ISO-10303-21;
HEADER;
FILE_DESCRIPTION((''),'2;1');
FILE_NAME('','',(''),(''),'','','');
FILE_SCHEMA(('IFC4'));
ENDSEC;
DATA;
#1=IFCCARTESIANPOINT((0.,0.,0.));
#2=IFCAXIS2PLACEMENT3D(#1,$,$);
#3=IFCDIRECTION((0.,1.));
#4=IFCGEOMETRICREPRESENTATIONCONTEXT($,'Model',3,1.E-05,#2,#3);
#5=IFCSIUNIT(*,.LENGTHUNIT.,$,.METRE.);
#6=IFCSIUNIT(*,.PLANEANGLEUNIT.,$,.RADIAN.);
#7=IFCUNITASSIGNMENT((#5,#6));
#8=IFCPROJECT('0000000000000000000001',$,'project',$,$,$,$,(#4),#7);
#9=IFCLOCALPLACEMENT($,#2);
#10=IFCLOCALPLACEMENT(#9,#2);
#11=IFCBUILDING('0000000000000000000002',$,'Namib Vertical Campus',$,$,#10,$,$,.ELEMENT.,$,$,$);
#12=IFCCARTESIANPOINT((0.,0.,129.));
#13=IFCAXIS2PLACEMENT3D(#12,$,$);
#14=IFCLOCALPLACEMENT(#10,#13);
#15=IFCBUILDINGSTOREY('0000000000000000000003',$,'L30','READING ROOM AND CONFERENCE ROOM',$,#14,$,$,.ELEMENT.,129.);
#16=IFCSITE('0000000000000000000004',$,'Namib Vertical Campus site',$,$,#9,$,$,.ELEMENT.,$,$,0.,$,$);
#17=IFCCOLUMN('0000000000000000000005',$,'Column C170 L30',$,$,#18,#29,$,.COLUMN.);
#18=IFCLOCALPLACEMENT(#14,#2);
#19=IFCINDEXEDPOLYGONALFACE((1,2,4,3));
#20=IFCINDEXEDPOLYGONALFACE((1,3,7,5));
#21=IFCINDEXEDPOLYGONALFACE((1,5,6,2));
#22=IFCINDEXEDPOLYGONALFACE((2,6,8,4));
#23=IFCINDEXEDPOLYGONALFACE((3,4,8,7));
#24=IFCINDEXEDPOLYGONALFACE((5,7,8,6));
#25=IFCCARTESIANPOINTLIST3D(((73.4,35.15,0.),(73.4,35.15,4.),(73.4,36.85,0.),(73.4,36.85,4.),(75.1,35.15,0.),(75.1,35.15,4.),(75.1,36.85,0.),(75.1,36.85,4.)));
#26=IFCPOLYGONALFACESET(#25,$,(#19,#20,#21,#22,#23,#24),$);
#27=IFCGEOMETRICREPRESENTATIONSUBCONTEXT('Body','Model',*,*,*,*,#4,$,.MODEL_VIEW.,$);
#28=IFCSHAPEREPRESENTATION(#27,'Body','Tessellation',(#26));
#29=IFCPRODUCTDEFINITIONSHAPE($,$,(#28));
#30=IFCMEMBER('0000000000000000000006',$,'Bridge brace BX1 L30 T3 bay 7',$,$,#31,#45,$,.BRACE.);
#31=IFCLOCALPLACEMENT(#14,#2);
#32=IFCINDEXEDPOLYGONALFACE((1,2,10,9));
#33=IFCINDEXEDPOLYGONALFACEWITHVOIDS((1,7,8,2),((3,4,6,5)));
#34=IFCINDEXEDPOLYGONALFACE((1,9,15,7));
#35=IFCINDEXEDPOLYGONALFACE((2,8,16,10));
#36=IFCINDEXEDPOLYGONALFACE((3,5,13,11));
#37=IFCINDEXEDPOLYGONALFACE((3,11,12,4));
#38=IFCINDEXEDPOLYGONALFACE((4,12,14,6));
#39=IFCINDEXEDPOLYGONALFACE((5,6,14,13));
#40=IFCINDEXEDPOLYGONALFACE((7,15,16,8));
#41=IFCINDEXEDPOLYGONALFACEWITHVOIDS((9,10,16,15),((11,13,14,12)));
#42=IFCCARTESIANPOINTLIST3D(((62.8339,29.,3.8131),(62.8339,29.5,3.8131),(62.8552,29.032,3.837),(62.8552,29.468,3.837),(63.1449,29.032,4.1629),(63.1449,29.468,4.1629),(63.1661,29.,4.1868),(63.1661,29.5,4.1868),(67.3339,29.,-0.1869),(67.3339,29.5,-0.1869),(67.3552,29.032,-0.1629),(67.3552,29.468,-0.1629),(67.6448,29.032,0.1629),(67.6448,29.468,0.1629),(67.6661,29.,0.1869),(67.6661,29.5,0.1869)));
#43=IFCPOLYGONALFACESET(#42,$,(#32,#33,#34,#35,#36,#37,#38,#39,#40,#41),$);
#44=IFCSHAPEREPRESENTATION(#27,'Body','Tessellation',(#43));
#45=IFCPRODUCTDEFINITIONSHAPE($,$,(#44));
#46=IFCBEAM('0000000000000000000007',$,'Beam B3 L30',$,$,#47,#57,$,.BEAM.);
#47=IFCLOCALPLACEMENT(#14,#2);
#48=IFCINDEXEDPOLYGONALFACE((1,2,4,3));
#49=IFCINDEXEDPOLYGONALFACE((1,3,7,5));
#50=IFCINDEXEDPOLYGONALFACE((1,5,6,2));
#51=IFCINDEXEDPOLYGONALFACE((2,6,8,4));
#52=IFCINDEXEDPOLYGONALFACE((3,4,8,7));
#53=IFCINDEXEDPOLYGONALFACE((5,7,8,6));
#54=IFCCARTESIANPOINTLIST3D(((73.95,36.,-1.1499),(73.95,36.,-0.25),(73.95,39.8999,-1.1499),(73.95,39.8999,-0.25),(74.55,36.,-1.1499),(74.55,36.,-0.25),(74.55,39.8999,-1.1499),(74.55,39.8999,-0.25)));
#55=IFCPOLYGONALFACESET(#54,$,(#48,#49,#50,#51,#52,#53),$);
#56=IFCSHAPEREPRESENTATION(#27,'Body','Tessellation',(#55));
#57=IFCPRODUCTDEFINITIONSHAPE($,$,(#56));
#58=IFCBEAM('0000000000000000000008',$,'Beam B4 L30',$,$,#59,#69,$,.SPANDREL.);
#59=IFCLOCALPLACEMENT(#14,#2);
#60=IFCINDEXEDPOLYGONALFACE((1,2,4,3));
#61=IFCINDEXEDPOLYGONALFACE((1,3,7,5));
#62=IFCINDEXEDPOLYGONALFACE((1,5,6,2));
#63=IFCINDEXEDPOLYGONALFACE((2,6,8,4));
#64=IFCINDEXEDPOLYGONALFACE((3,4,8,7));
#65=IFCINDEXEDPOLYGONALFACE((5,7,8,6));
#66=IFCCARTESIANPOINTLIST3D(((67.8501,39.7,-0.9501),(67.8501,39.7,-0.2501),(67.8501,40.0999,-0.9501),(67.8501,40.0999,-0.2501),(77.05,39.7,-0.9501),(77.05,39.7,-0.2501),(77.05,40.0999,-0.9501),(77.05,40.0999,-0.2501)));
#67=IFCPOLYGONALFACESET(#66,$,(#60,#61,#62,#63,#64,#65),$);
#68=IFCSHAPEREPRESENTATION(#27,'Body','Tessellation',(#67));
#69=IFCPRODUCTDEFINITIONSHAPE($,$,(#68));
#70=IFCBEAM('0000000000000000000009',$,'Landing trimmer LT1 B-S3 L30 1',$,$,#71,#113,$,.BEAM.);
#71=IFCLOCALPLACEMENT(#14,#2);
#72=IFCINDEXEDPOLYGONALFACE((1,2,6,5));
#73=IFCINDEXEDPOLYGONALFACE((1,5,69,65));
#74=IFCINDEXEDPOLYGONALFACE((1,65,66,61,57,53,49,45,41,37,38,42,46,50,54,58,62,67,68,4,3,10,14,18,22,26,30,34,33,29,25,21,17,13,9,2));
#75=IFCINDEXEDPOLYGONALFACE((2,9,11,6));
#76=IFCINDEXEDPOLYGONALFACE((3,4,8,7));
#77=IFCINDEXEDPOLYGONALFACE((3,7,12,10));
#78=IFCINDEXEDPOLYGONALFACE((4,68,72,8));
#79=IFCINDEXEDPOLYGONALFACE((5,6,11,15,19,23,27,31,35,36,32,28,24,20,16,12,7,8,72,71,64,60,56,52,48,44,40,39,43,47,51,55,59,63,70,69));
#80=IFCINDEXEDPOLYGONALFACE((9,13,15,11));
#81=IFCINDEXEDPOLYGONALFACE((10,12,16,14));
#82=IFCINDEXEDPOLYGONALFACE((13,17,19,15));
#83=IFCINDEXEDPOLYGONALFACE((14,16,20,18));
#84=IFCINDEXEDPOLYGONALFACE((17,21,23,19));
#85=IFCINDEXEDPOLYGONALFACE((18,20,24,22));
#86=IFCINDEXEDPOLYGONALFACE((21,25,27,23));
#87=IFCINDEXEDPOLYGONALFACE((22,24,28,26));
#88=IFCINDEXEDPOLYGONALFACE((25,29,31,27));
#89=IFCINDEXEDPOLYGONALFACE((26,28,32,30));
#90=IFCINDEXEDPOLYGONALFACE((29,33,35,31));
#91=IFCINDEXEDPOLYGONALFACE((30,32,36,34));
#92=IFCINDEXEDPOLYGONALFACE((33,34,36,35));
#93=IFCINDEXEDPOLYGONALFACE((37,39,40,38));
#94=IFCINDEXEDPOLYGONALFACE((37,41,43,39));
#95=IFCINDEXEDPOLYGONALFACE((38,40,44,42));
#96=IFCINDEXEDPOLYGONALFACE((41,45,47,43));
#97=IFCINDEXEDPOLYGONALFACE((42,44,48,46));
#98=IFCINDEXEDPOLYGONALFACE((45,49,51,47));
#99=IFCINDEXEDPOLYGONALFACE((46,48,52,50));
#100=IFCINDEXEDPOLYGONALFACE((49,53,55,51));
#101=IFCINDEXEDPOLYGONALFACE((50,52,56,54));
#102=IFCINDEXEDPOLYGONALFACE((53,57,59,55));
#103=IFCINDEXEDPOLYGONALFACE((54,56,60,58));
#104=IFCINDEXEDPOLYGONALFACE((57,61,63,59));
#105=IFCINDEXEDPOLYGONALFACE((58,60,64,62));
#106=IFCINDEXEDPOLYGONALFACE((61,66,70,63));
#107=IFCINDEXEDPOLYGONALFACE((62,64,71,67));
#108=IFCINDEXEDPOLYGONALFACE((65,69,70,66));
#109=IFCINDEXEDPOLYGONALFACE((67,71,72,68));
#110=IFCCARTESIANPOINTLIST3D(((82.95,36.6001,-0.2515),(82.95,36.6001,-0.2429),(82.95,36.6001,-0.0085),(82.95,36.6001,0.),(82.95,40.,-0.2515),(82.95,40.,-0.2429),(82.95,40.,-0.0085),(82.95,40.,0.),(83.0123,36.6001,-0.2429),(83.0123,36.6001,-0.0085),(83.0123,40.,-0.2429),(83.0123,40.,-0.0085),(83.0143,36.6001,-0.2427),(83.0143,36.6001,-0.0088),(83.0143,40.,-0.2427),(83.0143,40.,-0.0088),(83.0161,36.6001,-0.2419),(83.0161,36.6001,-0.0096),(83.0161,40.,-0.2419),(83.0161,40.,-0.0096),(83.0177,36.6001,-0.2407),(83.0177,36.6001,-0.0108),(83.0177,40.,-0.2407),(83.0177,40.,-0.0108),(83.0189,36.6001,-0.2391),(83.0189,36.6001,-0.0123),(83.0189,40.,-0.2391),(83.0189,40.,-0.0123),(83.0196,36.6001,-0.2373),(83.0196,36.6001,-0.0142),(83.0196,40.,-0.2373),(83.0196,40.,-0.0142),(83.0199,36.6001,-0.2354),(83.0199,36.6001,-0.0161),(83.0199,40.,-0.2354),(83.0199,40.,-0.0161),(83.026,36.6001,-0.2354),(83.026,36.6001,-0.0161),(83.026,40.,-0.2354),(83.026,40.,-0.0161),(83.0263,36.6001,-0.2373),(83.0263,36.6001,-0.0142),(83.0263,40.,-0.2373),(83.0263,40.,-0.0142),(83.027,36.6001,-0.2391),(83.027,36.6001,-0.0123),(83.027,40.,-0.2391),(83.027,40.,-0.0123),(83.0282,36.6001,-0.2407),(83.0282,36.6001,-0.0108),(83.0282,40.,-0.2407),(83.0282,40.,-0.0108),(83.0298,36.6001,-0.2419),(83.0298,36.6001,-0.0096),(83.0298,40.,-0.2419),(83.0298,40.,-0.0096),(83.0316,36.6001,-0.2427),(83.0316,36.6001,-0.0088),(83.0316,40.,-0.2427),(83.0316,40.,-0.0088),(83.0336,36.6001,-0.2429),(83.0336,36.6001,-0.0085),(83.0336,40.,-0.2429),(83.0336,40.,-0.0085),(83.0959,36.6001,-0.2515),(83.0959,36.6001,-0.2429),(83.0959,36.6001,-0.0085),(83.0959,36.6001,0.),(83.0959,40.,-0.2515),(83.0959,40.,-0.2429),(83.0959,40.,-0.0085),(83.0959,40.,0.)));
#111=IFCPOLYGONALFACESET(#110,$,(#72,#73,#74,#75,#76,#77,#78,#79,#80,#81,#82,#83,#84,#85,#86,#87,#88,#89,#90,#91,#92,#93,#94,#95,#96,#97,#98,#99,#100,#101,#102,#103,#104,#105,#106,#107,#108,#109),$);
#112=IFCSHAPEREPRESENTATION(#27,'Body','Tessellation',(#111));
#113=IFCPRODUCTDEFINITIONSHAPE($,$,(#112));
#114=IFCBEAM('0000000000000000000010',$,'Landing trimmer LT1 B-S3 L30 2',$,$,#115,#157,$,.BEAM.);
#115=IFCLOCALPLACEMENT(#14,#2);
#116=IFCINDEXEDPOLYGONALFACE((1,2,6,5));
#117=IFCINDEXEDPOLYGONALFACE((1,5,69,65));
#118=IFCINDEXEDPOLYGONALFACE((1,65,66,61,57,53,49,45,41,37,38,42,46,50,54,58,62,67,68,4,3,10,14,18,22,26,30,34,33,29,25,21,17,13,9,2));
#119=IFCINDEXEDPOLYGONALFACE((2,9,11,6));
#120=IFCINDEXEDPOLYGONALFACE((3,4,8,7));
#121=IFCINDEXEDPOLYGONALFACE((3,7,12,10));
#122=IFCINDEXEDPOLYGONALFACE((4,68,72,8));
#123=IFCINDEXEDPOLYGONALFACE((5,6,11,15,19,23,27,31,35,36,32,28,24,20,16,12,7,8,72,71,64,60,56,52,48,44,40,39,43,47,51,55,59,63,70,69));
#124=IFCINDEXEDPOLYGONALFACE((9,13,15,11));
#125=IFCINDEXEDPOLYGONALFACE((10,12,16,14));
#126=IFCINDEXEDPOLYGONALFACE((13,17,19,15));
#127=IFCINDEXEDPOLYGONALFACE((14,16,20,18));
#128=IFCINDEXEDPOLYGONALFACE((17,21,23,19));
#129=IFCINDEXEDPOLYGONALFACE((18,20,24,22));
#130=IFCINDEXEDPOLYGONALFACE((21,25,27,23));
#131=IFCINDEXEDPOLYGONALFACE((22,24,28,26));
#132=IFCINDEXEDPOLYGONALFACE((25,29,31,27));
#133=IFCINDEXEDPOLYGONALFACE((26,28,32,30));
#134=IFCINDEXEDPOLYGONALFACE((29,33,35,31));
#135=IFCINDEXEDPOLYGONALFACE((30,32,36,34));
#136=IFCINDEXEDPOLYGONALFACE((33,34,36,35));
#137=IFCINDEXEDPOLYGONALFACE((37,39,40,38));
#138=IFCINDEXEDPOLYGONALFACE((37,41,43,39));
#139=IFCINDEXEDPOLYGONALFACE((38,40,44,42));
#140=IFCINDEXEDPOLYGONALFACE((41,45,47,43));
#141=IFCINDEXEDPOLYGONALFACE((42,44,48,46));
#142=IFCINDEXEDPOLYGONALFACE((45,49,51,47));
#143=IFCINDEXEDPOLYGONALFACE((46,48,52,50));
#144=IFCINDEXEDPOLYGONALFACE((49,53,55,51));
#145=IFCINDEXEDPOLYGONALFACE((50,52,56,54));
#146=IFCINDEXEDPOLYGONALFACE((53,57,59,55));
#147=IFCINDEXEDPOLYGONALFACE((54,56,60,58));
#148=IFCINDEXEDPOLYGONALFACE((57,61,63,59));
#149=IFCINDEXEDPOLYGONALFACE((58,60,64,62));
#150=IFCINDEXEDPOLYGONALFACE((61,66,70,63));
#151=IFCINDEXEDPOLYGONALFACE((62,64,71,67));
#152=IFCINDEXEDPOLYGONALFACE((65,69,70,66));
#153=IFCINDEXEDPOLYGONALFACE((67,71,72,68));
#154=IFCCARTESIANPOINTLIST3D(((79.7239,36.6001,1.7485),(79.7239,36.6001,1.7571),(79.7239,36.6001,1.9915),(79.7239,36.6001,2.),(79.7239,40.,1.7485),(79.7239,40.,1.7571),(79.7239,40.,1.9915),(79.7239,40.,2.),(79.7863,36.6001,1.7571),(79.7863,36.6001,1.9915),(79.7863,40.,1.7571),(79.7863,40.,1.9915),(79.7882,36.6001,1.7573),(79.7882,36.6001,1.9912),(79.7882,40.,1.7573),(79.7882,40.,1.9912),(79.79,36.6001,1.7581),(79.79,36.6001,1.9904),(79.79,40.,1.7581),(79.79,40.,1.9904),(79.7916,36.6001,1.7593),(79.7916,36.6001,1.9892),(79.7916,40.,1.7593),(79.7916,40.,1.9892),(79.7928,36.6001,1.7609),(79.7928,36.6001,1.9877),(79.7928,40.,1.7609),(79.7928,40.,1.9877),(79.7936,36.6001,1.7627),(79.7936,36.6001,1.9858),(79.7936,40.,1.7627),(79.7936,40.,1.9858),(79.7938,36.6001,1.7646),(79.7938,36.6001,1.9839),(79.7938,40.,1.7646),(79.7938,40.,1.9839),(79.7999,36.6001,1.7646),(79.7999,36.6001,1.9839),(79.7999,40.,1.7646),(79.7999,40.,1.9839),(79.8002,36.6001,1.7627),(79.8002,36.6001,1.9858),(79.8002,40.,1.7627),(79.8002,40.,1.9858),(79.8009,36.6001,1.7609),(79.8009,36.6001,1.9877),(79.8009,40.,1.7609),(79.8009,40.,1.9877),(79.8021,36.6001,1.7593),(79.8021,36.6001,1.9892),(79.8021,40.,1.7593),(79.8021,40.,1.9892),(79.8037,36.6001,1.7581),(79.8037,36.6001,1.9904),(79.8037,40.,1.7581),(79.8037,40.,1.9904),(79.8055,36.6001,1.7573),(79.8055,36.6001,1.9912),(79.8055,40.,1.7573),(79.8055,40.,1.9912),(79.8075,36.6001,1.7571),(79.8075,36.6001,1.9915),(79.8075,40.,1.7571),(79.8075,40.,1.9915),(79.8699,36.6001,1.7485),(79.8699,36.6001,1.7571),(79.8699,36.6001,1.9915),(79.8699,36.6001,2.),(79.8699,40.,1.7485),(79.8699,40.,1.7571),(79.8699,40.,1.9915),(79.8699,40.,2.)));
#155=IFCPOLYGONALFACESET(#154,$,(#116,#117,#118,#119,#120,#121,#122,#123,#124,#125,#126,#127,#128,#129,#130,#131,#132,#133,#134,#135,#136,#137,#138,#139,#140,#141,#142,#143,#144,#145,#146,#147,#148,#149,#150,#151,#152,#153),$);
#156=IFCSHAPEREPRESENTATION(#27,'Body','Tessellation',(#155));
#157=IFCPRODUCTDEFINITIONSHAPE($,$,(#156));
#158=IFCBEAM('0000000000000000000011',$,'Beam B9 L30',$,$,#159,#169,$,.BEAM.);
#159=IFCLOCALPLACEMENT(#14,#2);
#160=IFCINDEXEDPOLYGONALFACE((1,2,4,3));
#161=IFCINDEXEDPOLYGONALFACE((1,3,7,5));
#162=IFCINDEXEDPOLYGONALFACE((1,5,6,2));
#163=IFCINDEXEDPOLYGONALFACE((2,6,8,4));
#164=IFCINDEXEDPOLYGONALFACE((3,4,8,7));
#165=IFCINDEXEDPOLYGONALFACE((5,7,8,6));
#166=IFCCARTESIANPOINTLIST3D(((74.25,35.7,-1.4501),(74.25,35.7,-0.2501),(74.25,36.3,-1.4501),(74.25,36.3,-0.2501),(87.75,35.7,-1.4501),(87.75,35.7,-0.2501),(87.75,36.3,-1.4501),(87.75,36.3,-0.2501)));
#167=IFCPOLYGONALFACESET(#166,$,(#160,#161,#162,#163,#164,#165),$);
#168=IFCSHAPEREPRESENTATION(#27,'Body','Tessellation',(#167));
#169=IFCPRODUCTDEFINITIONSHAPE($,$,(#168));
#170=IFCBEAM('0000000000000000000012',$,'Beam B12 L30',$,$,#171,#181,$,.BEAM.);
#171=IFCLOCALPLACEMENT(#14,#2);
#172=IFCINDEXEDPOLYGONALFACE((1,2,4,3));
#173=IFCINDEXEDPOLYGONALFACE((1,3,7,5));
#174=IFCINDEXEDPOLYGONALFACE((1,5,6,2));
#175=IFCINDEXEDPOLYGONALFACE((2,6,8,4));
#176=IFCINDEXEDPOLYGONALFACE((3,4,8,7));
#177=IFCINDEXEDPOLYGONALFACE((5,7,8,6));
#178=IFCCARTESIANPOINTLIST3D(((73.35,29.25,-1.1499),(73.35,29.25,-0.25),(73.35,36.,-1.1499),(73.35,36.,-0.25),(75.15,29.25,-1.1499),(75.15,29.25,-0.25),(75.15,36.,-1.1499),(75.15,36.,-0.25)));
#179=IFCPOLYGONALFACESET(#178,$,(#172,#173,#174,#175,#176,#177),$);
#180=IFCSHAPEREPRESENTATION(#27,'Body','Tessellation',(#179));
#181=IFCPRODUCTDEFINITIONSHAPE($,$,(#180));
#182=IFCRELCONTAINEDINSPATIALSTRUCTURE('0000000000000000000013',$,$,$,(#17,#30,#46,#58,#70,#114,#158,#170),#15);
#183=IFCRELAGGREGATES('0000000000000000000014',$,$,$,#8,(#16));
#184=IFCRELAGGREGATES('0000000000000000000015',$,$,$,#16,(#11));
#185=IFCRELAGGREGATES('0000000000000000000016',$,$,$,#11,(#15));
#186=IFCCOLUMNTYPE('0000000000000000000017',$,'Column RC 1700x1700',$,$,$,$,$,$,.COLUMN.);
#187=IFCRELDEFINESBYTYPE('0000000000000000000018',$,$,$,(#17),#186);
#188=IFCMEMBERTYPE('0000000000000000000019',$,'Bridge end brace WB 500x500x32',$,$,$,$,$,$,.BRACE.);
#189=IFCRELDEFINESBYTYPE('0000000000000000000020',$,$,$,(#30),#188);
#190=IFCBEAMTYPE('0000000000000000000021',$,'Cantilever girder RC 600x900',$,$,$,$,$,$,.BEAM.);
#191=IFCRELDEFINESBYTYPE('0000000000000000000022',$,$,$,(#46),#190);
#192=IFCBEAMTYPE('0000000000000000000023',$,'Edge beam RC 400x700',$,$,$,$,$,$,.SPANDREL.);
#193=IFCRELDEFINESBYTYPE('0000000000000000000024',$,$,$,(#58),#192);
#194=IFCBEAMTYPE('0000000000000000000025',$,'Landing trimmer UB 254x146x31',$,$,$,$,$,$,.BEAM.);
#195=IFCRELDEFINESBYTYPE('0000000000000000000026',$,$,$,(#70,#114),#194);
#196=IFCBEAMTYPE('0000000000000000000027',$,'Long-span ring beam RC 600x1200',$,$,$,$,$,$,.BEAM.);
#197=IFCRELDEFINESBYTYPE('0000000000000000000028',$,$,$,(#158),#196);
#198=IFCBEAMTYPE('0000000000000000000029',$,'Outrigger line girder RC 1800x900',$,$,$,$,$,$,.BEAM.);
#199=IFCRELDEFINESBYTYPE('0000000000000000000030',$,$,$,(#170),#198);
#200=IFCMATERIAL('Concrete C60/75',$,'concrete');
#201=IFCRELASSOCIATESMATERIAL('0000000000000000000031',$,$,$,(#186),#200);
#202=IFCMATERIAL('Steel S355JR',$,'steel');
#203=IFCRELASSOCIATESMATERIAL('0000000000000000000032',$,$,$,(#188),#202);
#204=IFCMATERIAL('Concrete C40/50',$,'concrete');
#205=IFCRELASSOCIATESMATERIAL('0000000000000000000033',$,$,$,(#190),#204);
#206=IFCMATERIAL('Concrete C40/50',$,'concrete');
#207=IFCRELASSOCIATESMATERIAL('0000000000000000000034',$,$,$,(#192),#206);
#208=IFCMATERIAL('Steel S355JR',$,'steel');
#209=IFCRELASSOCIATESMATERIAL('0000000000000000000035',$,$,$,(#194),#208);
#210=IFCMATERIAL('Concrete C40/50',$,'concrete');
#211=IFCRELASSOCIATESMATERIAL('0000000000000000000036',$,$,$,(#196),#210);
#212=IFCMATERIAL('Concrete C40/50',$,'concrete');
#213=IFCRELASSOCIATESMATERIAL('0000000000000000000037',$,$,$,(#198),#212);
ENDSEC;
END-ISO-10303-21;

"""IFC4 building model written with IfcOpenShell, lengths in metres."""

from ifc_helpers import new_model, si_unit, direction, frame, origin, origin_2d, place, context, subcontext, project, spatial, rectangle, hollow_rectangle, i_section, extrude, material, material_profile, profile_set, type_object, element, save


model = new_model("IFC4")

# Units and contexts
model_context = context("Model", 3, precision=1e-05, world=origin(), true_north=direction((0.0, 1.0)))
body_context = subcontext(model_context, "Body", "Model", "MODEL_VIEW")
ifc_project = project(units=[si_unit("LENGTHUNIT", "METRE"), si_unit("PLANEANGLEUNIT", "RADIAN")], contexts=[model_context])

# Site, building, storey
site_placement = place(None, origin())
site = spatial("IfcSite", under=ifc_project, at=site_placement, Name="Namib Vertical Campus site", CompositionType="ELEMENT", RefElevation=0.0)
building_placement = place(site_placement, origin())
building = spatial("IfcBuilding", under=site, at=building_placement, Name="Namib Vertical Campus", CompositionType="ELEMENT")
storey_placement = place(building_placement, frame((0.0, 0.0, 129.0)))
storey = spatial("IfcBuildingStorey", under=building, at=storey_placement, Name="L30", Description="READING ROOM AND CONFERENCE ROOM", CompositionType="ELEMENT", Elevation=129.0)

# Column
ifc_material_1 = material(Name="Concrete C60/75", Category="concrete")
ifc_material_profile_1 = material_profile(ifc_material_1, rectangle(XDim=1.7, YDim=1.7, at=origin_2d()))
ifc_profile_set_1 = profile_set([ifc_material_profile_1], Name="Concrete C60/75")
column_type = type_object("IfcColumnType", Name="Column RC 1700x1700", PredefinedType="COLUMN", material=ifc_profile_set_1)
column_placement = place(storey_placement, frame((74.25, 36.0, 0.0), z_axis=(0.0, 0.0, 1.0), x_axis=(1.0, 0.0, 0.0)))
element("IfcColumn", 1, at=column_placement, inside=storey, type_object=column_type, Name="Column C170 L30", PredefinedType="COLUMN", context=body_context, shape_type="SweptSolid", body=[
    extrude(rectangle(XDim=1.7, YDim=1.7, at=origin_2d()), origin(), (0.0, 0.0, 1.0), 4.0),
])

# Member
ifc_material_2 = material(Name="Steel S355JR", Category="steel")
ifc_material_profile_2 = material_profile(ifc_material_2, hollow_rectangle(XDim=0.5, YDim=0.5, WallThickness=0.032, at=origin_2d()))
ifc_profile_set_2 = profile_set([ifc_material_profile_2], Name="Steel S355JR")
member_type = type_object("IfcMemberType", Name="Bridge end brace WB 500x500x32", PredefinedType="BRACE", material=ifc_profile_set_2)
member_placement = place(storey_placement, frame((67.5, 29.25, 0.0), z_axis=(-0.747409, 0.0, 0.664364), x_axis=(0.0, -1.0, 0.0)))
element("IfcMember", 2, at=member_placement, inside=storey, type_object=member_type, Name="Bridge brace BX1 L30 T3 bay 7", PredefinedType="BRACE", context=body_context, shape_type="SweptSolid", body=[
    extrude(hollow_rectangle(XDim=0.5, YDim=0.5, WallThickness=0.032, at=origin_2d()), origin(), (0.0, 0.0, 1.0), 6.0208),
])

# Beams
ifc_material_3 = material(Name="Concrete C40/50", Category="concrete")
ifc_material_profile_3 = material_profile(ifc_material_3, rectangle(XDim=0.6001, YDim=0.8999, at=origin_2d()))
ifc_profile_set_3 = profile_set([ifc_material_profile_3], Name="Concrete C40/50")
beam_type_1 = type_object("IfcBeamType", Name="Cantilever girder RC 600x900", PredefinedType="BEAM", material=ifc_profile_set_3)
beam_1_placement = place(storey_placement, frame((74.25, 36.0, -0.7), z_axis=(0.0, 1.0, 0.0), x_axis=(-1.0, 0.0, 0.0)))
element("IfcBeam", 3, at=beam_1_placement, inside=storey, type_object=beam_type_1, Name="Beam B3 L30", PredefinedType="BEAM", context=body_context, shape_type="SweptSolid", body=[
    extrude(rectangle(XDim=0.6001, YDim=0.8999, at=origin_2d()), origin(), (0.0, 0.0, 1.0), 3.8999),
])
ifc_material_4 = material(Name="Concrete C40/50", Category="concrete")
ifc_material_profile_4 = material_profile(ifc_material_4, rectangle(XDim=0.3999, YDim=0.7, at=origin_2d()))
ifc_profile_set_4 = profile_set([ifc_material_profile_4], Name="Concrete C40/50")
beam_type_2 = type_object("IfcBeamType", Name="Edge beam RC 400x700", PredefinedType="SPANDREL", material=ifc_profile_set_4)
beam_2_placement = place(storey_placement, frame((67.8501, 39.8999, -0.6001), z_axis=(1.0, 0.0, 0.0), x_axis=(0.0, 1.0, 0.0)))
element("IfcBeam", 4, at=beam_2_placement, inside=storey, type_object=beam_type_2, Name="Beam B4 L30", PredefinedType="SPANDREL", context=body_context, shape_type="SweptSolid", body=[
    extrude(rectangle(XDim=0.3999, YDim=0.7, at=origin_2d()), origin(), (0.0, 0.0, 1.0), 9.2),
])
ifc_material_5 = material(Name="Steel S355JR", Category="steel")
ifc_material_profile_5 = material_profile(ifc_material_5, i_section(OverallWidth=0.146, OverallDepth=0.2515, WebThickness=0.0061, FlangeThickness=0.0085, FilletRadius=0.0076, at=origin_2d()))
ifc_profile_set_5 = profile_set([ifc_material_profile_5], Name="Steel S355JR")
beam_type_3 = type_object("IfcBeamType", Name="Landing trimmer UB 254x146x31", PredefinedType="BEAM", material=ifc_profile_set_5)
for number, where, z_axis, x_axis, name in (
    (5, (83.0229, 36.6001, -0.1257), (0.0, 1.0, 0.0), (-1.0, 0.0, 0.0), "Landing trimmer LT1 B-S3 L30 1"),
    (6, (79.7969, 36.6001, 1.8743), (0.0, 1.0, 0.0), (-1.0, 0.0, 0.0), "Landing trimmer LT1 B-S3 L30 2"),
):
    element("IfcBeam", number, at=place(storey_placement, frame(where, z_axis=z_axis, x_axis=x_axis)), inside=storey, type_object=beam_type_3, Name=name, PredefinedType="BEAM", context=body_context, shape_type="SweptSolid", body=[
        extrude(i_section(OverallWidth=0.146, OverallDepth=0.2515, WebThickness=0.0061, FlangeThickness=0.0085, FilletRadius=0.0076, at=origin_2d()), origin(), (0.0, 0.0, 1.0), 3.3999),
    ])
ifc_material_6 = material(Name="Concrete C40/50", Category="concrete")
ifc_material_profile_6 = material_profile(ifc_material_6, rectangle(XDim=0.6001, YDim=1.2, at=origin_2d()))
ifc_profile_set_6 = profile_set([ifc_material_profile_6], Name="Concrete C40/50")
beam_type_4 = type_object("IfcBeamType", Name="Long-span ring beam RC 600x1200", PredefinedType="BEAM", material=ifc_profile_set_6)
beam_3_placement = place(storey_placement, frame((74.25, 36.0, -0.8501), z_axis=(1.0, 0.0, 0.0), x_axis=(0.0, 1.0, 0.0)))
element("IfcBeam", 7, at=beam_3_placement, inside=storey, type_object=beam_type_4, Name="Beam B9 L30", PredefinedType="BEAM", context=body_context, shape_type="SweptSolid", body=[
    extrude(rectangle(XDim=0.6001, YDim=1.2, at=origin_2d()), origin(), (0.0, 0.0, 1.0), 13.5),
])
ifc_material_7 = material(Name="Concrete C40/50", Category="concrete")
ifc_material_profile_7 = material_profile(ifc_material_7, rectangle(XDim=1.8, YDim=0.8999, at=origin_2d()))
ifc_profile_set_7 = profile_set([ifc_material_profile_7], Name="Concrete C40/50")
beam_type_5 = type_object("IfcBeamType", Name="Outrigger line girder RC 1800x900", PredefinedType="BEAM", material=ifc_profile_set_7)
beam_4_placement = place(storey_placement, frame((74.25, 36.0, -0.7), z_axis=(0.0, -1.0, 0.0), x_axis=(1.0, 0.0, 0.0)))
element("IfcBeam", 8, at=beam_4_placement, inside=storey, type_object=beam_type_5, Name="Beam B12 L30", PredefinedType="BEAM", context=body_context, shape_type="SweptSolid", body=[
    extrude(rectangle(XDim=1.8, YDim=0.8999, at=origin_2d()), origin(), (0.0, 0.0, 1.0), 6.75),
])

save(model, "model.ifc")
